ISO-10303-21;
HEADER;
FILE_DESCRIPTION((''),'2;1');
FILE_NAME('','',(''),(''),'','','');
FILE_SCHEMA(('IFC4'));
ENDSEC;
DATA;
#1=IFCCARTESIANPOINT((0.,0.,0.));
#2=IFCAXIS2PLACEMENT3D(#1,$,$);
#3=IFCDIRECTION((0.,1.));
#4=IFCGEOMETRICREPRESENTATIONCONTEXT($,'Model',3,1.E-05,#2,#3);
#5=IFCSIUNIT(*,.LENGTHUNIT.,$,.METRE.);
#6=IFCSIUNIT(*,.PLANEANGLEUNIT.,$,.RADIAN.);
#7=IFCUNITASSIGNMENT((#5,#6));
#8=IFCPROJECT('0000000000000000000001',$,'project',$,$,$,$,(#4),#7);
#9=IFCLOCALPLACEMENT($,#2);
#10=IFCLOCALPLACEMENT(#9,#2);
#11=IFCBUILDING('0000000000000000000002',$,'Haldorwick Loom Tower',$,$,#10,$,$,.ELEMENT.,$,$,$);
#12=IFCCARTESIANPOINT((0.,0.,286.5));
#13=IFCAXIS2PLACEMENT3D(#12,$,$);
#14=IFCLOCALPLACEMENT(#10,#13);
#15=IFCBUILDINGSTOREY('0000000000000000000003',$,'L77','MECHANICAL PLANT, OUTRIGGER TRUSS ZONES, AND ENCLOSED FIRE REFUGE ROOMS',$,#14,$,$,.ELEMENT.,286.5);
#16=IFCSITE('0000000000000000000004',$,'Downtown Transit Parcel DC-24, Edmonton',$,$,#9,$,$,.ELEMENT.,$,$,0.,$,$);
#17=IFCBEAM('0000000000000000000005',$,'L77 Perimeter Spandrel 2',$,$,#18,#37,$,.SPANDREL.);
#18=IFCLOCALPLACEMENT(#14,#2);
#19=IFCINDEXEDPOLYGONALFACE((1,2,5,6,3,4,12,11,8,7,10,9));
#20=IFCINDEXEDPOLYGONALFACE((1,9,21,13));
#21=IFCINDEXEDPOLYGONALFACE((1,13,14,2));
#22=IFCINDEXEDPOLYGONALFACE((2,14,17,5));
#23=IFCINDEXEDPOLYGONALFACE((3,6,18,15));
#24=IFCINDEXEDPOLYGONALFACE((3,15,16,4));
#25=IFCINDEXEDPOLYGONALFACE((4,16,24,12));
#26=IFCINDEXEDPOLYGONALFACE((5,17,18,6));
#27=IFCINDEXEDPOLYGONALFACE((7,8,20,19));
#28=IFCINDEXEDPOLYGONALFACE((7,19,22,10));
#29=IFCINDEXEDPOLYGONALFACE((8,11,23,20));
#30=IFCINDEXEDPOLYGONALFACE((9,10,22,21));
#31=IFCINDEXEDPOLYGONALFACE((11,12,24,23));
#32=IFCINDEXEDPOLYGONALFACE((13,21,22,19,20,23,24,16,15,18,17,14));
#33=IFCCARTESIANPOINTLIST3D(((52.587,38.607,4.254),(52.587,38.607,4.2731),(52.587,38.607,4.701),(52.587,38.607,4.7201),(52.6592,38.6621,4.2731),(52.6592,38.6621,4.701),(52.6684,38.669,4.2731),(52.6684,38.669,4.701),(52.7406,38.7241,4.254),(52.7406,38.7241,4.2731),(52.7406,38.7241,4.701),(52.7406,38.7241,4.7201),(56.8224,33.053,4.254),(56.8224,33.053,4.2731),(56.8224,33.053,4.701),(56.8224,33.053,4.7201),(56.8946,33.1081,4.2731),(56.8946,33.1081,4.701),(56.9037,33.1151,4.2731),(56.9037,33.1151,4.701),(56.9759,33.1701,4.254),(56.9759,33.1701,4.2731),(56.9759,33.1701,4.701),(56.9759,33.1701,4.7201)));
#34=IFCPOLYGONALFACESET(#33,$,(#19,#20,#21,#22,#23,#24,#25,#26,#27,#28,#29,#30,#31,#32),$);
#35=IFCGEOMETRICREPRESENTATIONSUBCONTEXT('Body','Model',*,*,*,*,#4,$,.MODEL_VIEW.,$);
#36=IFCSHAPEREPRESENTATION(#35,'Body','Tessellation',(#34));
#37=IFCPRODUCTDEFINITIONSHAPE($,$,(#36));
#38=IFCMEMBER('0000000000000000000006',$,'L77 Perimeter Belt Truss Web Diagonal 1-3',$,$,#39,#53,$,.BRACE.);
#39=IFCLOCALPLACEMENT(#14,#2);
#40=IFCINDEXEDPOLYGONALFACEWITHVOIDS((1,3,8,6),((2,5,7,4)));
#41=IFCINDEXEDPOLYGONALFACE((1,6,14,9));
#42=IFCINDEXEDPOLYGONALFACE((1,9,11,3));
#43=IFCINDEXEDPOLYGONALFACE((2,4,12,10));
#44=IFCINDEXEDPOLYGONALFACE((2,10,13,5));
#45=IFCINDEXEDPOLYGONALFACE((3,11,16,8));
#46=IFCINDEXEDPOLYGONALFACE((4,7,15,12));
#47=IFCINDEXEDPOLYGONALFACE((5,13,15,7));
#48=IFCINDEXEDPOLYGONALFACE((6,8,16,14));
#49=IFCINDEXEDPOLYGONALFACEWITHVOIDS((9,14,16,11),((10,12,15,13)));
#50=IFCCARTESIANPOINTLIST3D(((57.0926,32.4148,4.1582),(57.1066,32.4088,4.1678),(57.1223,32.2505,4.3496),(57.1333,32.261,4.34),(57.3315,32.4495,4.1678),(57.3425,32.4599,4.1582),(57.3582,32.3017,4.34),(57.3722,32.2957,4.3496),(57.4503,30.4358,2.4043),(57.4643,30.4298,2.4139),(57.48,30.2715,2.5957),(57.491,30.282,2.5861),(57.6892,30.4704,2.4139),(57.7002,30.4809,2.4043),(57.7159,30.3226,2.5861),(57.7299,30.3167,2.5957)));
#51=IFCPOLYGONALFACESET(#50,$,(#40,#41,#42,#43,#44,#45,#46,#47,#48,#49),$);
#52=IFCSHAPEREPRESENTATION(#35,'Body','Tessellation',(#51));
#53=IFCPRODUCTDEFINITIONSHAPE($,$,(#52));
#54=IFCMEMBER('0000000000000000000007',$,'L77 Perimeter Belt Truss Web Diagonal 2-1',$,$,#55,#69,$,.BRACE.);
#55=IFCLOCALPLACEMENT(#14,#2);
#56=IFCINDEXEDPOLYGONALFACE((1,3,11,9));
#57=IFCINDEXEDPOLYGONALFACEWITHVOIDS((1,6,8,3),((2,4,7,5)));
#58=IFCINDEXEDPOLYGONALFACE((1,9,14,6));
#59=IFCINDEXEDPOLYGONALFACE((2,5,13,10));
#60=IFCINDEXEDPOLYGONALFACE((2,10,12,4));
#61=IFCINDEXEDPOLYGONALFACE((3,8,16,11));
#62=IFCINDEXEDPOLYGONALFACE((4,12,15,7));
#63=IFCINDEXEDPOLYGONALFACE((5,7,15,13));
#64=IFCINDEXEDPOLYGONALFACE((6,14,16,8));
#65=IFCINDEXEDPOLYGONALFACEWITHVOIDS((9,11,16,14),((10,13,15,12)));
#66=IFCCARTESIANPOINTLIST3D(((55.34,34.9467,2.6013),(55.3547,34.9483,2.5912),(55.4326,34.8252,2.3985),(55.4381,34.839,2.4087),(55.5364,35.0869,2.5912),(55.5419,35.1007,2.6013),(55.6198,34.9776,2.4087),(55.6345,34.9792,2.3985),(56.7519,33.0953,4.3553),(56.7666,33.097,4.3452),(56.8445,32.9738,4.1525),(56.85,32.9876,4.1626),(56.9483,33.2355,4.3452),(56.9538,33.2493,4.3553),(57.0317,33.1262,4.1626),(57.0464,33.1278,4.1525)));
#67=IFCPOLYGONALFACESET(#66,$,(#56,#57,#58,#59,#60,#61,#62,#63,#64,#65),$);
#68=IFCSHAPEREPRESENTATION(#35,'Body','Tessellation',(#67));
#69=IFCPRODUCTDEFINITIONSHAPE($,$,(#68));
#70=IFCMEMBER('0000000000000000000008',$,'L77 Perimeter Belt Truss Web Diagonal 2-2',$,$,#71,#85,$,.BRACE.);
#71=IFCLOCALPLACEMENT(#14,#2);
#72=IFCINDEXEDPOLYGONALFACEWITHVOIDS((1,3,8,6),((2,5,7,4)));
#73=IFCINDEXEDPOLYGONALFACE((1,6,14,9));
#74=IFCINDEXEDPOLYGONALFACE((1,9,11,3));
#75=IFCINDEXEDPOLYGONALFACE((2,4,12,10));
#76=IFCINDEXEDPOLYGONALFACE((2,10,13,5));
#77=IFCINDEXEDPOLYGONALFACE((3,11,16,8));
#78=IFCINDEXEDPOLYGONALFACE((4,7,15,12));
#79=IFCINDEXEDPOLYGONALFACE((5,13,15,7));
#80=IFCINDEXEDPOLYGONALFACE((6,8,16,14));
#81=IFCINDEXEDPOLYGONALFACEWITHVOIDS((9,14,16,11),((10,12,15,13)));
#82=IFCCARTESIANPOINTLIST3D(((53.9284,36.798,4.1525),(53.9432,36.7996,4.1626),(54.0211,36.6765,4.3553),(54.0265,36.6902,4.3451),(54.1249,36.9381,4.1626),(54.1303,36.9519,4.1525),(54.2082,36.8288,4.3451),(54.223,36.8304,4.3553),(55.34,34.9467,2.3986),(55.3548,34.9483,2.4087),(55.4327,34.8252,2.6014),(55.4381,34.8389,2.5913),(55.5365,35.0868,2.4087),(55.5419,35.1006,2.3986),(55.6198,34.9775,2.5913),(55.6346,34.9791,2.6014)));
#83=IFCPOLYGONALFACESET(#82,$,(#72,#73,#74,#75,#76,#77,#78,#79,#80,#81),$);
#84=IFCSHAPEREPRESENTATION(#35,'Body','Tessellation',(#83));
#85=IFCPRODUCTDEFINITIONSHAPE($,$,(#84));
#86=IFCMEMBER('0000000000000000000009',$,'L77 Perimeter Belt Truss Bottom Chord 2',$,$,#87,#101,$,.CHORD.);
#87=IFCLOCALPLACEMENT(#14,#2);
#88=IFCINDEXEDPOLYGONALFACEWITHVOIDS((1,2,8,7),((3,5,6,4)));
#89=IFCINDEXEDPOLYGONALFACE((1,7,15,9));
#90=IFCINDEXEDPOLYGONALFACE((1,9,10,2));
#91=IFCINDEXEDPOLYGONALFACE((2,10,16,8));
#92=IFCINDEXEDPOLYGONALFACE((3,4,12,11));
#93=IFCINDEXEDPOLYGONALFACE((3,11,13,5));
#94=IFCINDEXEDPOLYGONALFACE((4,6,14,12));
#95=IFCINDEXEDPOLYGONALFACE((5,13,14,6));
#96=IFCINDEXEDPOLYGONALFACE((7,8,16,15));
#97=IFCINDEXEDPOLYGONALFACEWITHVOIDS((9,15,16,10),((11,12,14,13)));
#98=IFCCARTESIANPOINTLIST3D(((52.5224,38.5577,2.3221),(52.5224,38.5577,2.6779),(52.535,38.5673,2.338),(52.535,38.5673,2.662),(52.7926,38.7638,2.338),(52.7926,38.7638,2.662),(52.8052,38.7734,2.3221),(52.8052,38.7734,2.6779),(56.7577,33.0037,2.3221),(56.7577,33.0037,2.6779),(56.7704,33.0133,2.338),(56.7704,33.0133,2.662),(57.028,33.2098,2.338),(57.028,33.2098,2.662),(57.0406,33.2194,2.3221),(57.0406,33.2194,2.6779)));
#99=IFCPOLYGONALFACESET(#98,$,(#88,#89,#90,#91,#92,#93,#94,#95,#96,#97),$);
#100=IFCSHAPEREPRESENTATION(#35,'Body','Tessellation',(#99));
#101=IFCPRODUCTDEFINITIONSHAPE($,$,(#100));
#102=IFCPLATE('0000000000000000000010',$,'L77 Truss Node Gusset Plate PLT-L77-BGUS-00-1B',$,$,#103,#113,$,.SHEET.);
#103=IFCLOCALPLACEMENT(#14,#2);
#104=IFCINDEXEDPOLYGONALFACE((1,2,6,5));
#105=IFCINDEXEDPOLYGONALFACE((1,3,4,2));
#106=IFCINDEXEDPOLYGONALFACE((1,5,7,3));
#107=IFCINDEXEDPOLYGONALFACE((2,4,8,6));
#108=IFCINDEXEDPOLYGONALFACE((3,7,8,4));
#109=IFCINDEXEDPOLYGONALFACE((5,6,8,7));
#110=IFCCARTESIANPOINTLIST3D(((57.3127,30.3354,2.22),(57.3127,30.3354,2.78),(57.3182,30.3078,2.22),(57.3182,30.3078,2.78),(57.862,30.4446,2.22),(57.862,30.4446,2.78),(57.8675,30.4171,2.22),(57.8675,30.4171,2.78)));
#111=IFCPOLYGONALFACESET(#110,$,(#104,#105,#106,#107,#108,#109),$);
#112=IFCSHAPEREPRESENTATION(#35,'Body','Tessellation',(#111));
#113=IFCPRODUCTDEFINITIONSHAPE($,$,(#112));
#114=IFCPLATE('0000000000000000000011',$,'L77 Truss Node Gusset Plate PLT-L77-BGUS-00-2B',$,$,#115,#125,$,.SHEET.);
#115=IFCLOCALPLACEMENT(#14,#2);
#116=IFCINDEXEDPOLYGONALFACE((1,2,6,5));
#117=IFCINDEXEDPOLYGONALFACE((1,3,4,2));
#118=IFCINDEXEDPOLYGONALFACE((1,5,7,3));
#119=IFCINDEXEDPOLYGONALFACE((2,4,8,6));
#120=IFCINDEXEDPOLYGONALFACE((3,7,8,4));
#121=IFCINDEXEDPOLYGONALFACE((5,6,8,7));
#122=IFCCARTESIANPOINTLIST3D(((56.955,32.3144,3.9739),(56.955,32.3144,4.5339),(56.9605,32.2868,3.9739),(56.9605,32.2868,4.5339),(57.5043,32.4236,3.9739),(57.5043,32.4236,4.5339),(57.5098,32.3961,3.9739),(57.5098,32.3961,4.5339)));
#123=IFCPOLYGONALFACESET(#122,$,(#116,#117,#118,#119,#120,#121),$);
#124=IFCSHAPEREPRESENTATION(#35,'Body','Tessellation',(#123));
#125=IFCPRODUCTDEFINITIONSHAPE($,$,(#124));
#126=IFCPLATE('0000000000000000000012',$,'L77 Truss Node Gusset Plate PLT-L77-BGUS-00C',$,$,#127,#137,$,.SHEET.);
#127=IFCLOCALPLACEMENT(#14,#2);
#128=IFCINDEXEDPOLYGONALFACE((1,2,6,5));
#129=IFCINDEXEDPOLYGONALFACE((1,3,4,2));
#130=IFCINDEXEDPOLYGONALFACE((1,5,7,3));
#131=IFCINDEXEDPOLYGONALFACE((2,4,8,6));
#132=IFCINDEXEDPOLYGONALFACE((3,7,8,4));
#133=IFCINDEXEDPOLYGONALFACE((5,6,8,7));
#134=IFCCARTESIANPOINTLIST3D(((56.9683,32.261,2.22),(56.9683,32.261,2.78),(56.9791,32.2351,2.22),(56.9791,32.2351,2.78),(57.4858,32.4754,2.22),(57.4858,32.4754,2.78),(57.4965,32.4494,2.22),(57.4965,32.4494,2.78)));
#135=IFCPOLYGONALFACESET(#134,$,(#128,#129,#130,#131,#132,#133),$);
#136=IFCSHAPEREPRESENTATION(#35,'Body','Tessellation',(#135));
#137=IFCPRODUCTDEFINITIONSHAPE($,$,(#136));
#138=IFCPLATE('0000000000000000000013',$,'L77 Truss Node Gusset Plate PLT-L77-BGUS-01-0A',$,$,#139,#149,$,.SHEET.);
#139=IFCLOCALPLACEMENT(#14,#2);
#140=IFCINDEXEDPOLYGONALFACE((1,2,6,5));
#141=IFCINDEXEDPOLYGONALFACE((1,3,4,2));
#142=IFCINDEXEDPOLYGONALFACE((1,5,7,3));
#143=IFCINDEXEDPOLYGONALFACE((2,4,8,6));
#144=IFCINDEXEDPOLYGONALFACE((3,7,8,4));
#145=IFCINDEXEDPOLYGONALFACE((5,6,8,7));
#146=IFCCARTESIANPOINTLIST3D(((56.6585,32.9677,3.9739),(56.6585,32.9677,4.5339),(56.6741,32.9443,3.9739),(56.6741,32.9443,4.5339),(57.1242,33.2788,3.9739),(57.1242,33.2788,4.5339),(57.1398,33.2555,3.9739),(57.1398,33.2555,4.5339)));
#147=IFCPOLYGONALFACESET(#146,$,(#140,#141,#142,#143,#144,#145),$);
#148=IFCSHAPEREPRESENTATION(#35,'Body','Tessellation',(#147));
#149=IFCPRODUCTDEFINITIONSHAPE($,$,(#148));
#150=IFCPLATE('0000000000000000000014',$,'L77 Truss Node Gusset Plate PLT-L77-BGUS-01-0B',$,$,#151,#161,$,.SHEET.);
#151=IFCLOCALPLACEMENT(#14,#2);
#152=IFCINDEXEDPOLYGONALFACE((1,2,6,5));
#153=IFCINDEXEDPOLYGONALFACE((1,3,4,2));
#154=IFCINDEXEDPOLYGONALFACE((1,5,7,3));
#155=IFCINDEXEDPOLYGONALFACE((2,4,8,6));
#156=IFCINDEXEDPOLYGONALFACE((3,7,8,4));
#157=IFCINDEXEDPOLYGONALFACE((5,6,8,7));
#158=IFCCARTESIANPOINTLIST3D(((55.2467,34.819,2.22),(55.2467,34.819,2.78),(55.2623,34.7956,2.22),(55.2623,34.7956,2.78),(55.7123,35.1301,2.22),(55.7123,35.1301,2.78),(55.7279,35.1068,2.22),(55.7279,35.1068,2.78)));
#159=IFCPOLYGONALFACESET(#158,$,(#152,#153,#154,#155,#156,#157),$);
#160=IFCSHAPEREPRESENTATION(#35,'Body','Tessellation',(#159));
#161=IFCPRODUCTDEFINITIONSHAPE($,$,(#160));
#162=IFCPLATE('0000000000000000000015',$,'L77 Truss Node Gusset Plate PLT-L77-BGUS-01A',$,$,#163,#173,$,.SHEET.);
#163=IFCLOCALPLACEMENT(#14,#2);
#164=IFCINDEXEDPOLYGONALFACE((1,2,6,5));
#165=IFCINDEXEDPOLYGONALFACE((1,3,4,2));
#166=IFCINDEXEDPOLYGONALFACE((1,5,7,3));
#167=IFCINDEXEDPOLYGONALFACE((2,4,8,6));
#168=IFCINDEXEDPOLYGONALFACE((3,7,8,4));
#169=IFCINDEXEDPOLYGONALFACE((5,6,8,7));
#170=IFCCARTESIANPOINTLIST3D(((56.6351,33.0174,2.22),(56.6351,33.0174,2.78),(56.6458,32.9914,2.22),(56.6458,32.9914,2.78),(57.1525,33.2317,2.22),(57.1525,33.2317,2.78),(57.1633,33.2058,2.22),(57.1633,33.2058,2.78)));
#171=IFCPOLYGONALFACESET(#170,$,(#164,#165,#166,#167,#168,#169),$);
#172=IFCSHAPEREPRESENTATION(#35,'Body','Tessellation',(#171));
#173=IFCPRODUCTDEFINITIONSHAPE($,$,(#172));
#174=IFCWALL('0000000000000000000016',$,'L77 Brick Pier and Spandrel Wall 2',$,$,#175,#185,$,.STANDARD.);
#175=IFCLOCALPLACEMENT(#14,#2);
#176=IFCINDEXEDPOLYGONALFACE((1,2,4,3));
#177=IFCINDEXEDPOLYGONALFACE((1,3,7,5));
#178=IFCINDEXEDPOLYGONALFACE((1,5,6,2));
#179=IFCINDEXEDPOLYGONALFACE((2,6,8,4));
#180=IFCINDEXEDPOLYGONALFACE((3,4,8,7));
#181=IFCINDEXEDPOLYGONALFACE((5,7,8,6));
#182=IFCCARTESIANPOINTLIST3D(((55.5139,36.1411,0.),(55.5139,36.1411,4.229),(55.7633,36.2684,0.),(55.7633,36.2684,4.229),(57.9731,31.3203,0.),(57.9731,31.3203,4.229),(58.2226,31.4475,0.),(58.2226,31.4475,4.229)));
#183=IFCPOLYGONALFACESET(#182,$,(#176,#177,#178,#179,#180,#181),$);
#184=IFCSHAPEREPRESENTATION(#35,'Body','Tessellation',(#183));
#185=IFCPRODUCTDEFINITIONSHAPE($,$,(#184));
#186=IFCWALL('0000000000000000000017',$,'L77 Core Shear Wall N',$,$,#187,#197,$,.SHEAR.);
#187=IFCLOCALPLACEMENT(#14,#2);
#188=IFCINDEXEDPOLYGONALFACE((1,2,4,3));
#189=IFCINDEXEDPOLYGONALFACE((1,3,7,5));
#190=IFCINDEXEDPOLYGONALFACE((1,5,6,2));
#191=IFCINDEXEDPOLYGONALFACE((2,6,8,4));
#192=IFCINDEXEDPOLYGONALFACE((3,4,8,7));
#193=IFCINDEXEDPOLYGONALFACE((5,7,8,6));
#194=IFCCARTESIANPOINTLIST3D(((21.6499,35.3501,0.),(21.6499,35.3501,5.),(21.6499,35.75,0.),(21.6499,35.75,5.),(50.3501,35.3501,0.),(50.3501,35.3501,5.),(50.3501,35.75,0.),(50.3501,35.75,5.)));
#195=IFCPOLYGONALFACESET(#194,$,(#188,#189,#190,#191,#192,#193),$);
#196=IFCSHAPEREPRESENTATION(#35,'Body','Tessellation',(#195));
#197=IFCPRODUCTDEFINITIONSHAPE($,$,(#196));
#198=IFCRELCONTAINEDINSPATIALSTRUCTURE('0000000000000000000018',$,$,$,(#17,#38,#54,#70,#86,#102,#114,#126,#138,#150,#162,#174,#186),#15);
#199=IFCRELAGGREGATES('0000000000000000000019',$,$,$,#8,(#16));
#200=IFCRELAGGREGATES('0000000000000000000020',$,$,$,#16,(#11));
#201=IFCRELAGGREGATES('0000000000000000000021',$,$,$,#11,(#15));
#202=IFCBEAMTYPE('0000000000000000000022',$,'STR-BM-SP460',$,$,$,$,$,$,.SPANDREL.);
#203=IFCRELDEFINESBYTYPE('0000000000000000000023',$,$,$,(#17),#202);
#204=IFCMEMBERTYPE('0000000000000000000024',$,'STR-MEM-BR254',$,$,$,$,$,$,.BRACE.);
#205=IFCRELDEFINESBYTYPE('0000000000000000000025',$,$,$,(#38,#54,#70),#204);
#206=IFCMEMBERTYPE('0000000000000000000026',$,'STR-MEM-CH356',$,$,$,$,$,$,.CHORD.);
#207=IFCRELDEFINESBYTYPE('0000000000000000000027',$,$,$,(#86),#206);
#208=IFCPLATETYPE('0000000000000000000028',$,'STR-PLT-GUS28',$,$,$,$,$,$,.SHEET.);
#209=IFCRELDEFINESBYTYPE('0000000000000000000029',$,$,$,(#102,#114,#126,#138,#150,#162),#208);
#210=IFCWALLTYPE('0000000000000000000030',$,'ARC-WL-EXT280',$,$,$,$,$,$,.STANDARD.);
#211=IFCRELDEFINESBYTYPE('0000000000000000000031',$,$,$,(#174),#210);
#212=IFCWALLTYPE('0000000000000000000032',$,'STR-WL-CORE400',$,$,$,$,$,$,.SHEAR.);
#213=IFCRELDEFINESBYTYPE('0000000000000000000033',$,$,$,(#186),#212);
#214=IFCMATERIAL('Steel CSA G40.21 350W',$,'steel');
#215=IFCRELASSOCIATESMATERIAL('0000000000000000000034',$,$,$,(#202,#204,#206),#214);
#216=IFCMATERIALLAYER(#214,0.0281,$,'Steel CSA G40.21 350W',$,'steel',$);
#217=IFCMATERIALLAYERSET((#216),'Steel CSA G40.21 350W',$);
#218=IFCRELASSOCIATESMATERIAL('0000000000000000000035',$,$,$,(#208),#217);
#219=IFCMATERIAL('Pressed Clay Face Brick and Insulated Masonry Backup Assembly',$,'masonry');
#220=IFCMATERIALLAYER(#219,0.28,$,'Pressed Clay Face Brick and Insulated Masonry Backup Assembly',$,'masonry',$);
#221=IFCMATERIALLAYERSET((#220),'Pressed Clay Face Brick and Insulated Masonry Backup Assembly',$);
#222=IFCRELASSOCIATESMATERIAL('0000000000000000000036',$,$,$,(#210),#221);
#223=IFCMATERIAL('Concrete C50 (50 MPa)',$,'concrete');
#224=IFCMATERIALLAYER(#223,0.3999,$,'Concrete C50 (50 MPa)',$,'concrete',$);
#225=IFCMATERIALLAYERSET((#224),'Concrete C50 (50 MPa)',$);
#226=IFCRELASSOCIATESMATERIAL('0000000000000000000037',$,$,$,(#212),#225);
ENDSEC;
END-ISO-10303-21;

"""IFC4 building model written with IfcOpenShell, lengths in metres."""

from ifc_helpers import new_model, si_unit, direction, frame, frame_2d, origin, origin_2d, place, context, subcontext, project, spatial, rectangle, hollow_rectangle, i_section, extrude, material, layer, layer_set, material_profile, profile_set, type_object, element, save


model = new_model("IFC4")

# Units and contexts
model_context = context("Model", 3, precision=1e-05, world=origin(), true_north=direction((0.0, 1.0)))
body_context = subcontext(model_context, "Body", "Model", "MODEL_VIEW")
ifc_project = project(units=[si_unit("LENGTHUNIT", "METRE"), si_unit("PLANEANGLEUNIT", "RADIAN")], contexts=[model_context])

# Site, building, storey
site_placement = place(None, origin())
site = spatial("IfcSite", under=ifc_project, at=site_placement, Name="Downtown Transit Parcel DC-24, Edmonton", CompositionType="ELEMENT", RefElevation=0.0)
building_placement = place(site_placement, origin())
building = spatial("IfcBuilding", under=site, at=building_placement, Name="Haldorwick Loom Tower", CompositionType="ELEMENT")
storey_placement = place(building_placement, frame((0.0, 0.0, 286.5)))
storey = spatial("IfcBuildingStorey", under=building, at=storey_placement, Name="L77", Description="MECHANICAL PLANT, OUTRIGGER TRUSS ZONES, AND ENCLOSED FIRE REFUGE ROOMS", CompositionType="ELEMENT", Elevation=286.5)

# Shared definitions
ifc_material_1 = material(Name="Concrete C50 (50 MPa)", Category="concrete")
ifc_material_2 = material(Name="Steel CSA G40.21 350W", Category="steel")

# Beam
ifc_material_profile_1 = material_profile(ifc_material_2, i_section(OverallWidth=0.1931, OverallDepth=0.4661, WebThickness=0.0115, FlangeThickness=0.019, at=origin_2d()), Name="W460X97", Category="steel")
ifc_profile_set_1 = profile_set([ifc_material_profile_1], Name="Steel CSA G40.21 350W")
beam_type_1 = type_object("IfcBeamType", Name="STR-BM-SP460", PredefinedType="SPANDREL", material=ifc_profile_set_1)
beam_1_placement = place(storey_placement, frame((56.8992, 33.1116, 4.4871), z_axis=(-0.606384, 0.795172, 0.0), x_axis=(-0.795172, -0.606384, 0.0)))
element("IfcBeam", 1, at=beam_1_placement, inside=storey, type_object=beam_type_1, Name="L77 Perimeter Spandrel 2", PredefinedType="SPANDREL", context=body_context, shape_type="SweptSolid", body=[
    extrude(i_section(OverallWidth=0.1931, OverallDepth=0.4661, WebThickness=0.0115, FlangeThickness=0.019, at=origin_2d()), origin(), (0.0, 0.0, 1.0), 6.9846),
])

# Members
ifc_material_profile_2 = material_profile(ifc_material_2, hollow_rectangle(XDim=0.2539, YDim=0.2539, WallThickness=0.0127, at=origin_2d()), Name="HSS254X254X13", Category="steel")
ifc_profile_set_2 = profile_set([ifc_material_profile_2], Name="Steel CSA G40.21 350W")
member_type_1 = type_object("IfcMemberType", Name="STR-MEM-BR254", PredefinedType="BRACE", material=ifc_profile_set_2)
member_1_placement = place(storey_placement, frame((57.5901, 30.3762, 2.5), z_axis=(-0.134036, 0.741633, 0.657278), x_axis=(-0.984058, -0.177849, 0.0)))
element("IfcMember", 2, at=member_1_placement, inside=storey, type_object=member_type_1, Name="L77 Perimeter Belt Truss Web Diagonal 1-3", PredefinedType="BRACE", context=body_context, shape_type="SweptSolid", body=[
    extrude(hollow_rectangle(XDim=0.2539, YDim=0.2539, WallThickness=0.0127, at=origin_2d()), origin(), (0.0, 0.0, 1.0), 2.6685),
])
member_2_placement = place(storey_placement, frame((56.8992, 33.1116, 4.2539), z_axis=(-0.484353, 0.635112, -0.601694), x_axis=(-0.795155, -0.606406, 0.0)))
element("IfcMember", 3, at=member_2_placement, inside=storey, type_object=member_type_1, Name="L77 Perimeter Belt Truss Web Diagonal 2-1", PredefinedType="BRACE", context=body_context, shape_type="SweptSolid", body=[
    extrude(hollow_rectangle(XDim=0.2539, YDim=0.2539, WallThickness=0.0127, at=origin_2d()), origin(), (0.0, 0.0, 1.0), 2.915),
])
member_3_placement = place(storey_placement, frame((55.4873, 34.9629, 2.5), z_axis=(-0.484289, 0.635137, 0.601718), x_axis=(-0.795205, -0.60634, 0.0)))
element("IfcMember", 4, at=member_3_placement, inside=storey, type_object=member_type_1, Name="L77 Perimeter Belt Truss Web Diagonal 2-2", PredefinedType="BRACE", context=body_context, shape_type="SweptSolid", body=[
    extrude(hollow_rectangle(XDim=0.2539, YDim=0.2539, WallThickness=0.0127, at=origin_2d()), origin(), (0.0, 0.0, 1.0), 2.9148),
])
ifc_material_profile_3 = material_profile(ifc_material_2, hollow_rectangle(XDim=0.3557, YDim=0.3557, WallThickness=0.0159, at=origin_2d()), Name="HSS356X356X16", Category="steel")
ifc_profile_set_3 = profile_set([ifc_material_profile_3], Name="Steel CSA G40.21 350W")
member_type_2 = type_object("IfcMemberType", Name="STR-MEM-CH356", PredefinedType="CHORD", material=ifc_profile_set_3)
member_4_placement = place(storey_placement, frame((56.8992, 33.1116, 2.5), z_axis=(-0.606384, 0.795172, 0.0), x_axis=(-0.795172, -0.606384, 0.0)))
element("IfcMember", 5, at=member_4_placement, inside=storey, type_object=member_type_2, Name="L77 Perimeter Belt Truss Bottom Chord 2", PredefinedType="CHORD", context=body_context, shape_type="SweptSolid", body=[
    extrude(hollow_rectangle(XDim=0.3557, YDim=0.3557, WallThickness=0.0159, at=origin_2d()), origin(), (0.0, 0.0, 1.0), 6.9846),
])

# Plates
ifc_layer_1 = layer(ifc_material_2, 0.0281, Name="Steel CSA G40.21 350W", Category="steel")
ifc_layer_set_1 = layer_set([ifc_layer_1], Name="Steel CSA G40.21 350W")
plate_type = type_object("IfcPlateType", Name="STR-PLT-GUS28", PredefinedType="SHEET", material=ifc_layer_set_1)
for number, where, z_axis, x_axis, name in (
    (6, (57.5901, 30.3762, 2.22), (0.0, 0.0, 1.0), (0.980785, 0.19509, 0.0), "L77 Truss Node Gusset Plate PLT-L77-BGUS-00-1B"),
    (7, (57.2324, 32.3552, 3.9739), (0.0, 0.0, 1.0), (0.980785, 0.19509, 0.0), "L77 Truss Node Gusset Plate PLT-L77-BGUS-00-2B"),
    (8, (57.2324, 32.3552, 2.22), (0.0, 0.0, 1.0), (0.92388, 0.382683, 0.0), "L77 Truss Node Gusset Plate PLT-L77-BGUS-00C"),
    (9, (56.8992, 33.1116, 3.9739), (0.0, 0.0, 1.0), (0.83147, 0.55557, 0.0), "L77 Truss Node Gusset Plate PLT-L77-BGUS-01-0A"),
    (10, (55.4873, 34.9629, 2.22), (0.0, 0.0, 1.0), (0.83147, 0.55557, 0.0), "L77 Truss Node Gusset Plate PLT-L77-BGUS-01-0B"),
    (11, (56.8992, 33.1116, 2.22), (0.0, 0.0, 1.0), (0.92388, 0.382683, 0.0), "L77 Truss Node Gusset Plate PLT-L77-BGUS-01A"),
):
    element("IfcPlate", number, at=place(storey_placement, frame(where, z_axis=z_axis, x_axis=x_axis)), inside=storey, type_object=plate_type, Name=name, PredefinedType="SHEET", context=body_context, shape_type="SweptSolid", body=[
        extrude(rectangle(XDim=0.5601, YDim=0.0281, at=origin_2d()), origin(), (0.0, 0.0, 1.0), 0.5601),
    ])

# Walls
ifc_material_3 = material(Name="Pressed Clay Face Brick and Insulated Masonry Backup Assembly", Category="masonry")
ifc_layer_2 = layer(ifc_material_3, 0.28, Name="Pressed Clay Face Brick and Insulated Masonry Backup Assembly", Category="masonry")
ifc_layer_set_2 = layer_set([ifc_layer_2], Name="Pressed Clay Face Brick and Insulated Masonry Backup Assembly")
wall_type_1 = type_object("IfcWallType", Name="ARC-WL-EXT280", PredefinedType="STANDARD", material=ifc_layer_set_2)
wall_1_placement = place(storey_placement, frame((58.0979, 31.3838, 0.0), z_axis=(0.0, 0.0, 1.0), x_axis=(-0.454417, 0.890789, 0.0)))
element("IfcWall", 12, at=wall_1_placement, inside=storey, type_object=wall_type_1, Name="L77 Brick Pier and Spandrel Wall 2", PredefinedType="STANDARD", context=body_context, shape_type="SweptSolid", body=[
    extrude(rectangle(XDim=5.4119, YDim=0.28, at=frame_2d((2.7061, 0.0))), origin(), (0.0, 0.0, 1.0), 4.229),
])
ifc_layer_3 = layer(ifc_material_1, 0.3999, Name="Concrete C50 (50 MPa)", Category="concrete")
ifc_layer_set_3 = layer_set([ifc_layer_3], Name="Concrete C50 (50 MPa)")
wall_type_2 = type_object("IfcWallType", Name="STR-WL-CORE400", PredefinedType="SHEAR", material=ifc_layer_set_3)
wall_2_placement = place(storey_placement, frame((50.3501, 35.55, 0.0), z_axis=(0.0, 0.0, 1.0), x_axis=(-1.0, 0.0, 0.0)))
element("IfcWall", 13, at=wall_2_placement, inside=storey, type_object=wall_type_2, Name="L77 Core Shear Wall N", PredefinedType="SHEAR", context=body_context, shape_type="SweptSolid", body=[
    extrude(rectangle(XDim=28.7002, YDim=0.3999, at=frame_2d((14.3501, 0.0))), origin(), (0.0, 0.0, 1.0), 5.0),
])

save(model, "model.ifc")
